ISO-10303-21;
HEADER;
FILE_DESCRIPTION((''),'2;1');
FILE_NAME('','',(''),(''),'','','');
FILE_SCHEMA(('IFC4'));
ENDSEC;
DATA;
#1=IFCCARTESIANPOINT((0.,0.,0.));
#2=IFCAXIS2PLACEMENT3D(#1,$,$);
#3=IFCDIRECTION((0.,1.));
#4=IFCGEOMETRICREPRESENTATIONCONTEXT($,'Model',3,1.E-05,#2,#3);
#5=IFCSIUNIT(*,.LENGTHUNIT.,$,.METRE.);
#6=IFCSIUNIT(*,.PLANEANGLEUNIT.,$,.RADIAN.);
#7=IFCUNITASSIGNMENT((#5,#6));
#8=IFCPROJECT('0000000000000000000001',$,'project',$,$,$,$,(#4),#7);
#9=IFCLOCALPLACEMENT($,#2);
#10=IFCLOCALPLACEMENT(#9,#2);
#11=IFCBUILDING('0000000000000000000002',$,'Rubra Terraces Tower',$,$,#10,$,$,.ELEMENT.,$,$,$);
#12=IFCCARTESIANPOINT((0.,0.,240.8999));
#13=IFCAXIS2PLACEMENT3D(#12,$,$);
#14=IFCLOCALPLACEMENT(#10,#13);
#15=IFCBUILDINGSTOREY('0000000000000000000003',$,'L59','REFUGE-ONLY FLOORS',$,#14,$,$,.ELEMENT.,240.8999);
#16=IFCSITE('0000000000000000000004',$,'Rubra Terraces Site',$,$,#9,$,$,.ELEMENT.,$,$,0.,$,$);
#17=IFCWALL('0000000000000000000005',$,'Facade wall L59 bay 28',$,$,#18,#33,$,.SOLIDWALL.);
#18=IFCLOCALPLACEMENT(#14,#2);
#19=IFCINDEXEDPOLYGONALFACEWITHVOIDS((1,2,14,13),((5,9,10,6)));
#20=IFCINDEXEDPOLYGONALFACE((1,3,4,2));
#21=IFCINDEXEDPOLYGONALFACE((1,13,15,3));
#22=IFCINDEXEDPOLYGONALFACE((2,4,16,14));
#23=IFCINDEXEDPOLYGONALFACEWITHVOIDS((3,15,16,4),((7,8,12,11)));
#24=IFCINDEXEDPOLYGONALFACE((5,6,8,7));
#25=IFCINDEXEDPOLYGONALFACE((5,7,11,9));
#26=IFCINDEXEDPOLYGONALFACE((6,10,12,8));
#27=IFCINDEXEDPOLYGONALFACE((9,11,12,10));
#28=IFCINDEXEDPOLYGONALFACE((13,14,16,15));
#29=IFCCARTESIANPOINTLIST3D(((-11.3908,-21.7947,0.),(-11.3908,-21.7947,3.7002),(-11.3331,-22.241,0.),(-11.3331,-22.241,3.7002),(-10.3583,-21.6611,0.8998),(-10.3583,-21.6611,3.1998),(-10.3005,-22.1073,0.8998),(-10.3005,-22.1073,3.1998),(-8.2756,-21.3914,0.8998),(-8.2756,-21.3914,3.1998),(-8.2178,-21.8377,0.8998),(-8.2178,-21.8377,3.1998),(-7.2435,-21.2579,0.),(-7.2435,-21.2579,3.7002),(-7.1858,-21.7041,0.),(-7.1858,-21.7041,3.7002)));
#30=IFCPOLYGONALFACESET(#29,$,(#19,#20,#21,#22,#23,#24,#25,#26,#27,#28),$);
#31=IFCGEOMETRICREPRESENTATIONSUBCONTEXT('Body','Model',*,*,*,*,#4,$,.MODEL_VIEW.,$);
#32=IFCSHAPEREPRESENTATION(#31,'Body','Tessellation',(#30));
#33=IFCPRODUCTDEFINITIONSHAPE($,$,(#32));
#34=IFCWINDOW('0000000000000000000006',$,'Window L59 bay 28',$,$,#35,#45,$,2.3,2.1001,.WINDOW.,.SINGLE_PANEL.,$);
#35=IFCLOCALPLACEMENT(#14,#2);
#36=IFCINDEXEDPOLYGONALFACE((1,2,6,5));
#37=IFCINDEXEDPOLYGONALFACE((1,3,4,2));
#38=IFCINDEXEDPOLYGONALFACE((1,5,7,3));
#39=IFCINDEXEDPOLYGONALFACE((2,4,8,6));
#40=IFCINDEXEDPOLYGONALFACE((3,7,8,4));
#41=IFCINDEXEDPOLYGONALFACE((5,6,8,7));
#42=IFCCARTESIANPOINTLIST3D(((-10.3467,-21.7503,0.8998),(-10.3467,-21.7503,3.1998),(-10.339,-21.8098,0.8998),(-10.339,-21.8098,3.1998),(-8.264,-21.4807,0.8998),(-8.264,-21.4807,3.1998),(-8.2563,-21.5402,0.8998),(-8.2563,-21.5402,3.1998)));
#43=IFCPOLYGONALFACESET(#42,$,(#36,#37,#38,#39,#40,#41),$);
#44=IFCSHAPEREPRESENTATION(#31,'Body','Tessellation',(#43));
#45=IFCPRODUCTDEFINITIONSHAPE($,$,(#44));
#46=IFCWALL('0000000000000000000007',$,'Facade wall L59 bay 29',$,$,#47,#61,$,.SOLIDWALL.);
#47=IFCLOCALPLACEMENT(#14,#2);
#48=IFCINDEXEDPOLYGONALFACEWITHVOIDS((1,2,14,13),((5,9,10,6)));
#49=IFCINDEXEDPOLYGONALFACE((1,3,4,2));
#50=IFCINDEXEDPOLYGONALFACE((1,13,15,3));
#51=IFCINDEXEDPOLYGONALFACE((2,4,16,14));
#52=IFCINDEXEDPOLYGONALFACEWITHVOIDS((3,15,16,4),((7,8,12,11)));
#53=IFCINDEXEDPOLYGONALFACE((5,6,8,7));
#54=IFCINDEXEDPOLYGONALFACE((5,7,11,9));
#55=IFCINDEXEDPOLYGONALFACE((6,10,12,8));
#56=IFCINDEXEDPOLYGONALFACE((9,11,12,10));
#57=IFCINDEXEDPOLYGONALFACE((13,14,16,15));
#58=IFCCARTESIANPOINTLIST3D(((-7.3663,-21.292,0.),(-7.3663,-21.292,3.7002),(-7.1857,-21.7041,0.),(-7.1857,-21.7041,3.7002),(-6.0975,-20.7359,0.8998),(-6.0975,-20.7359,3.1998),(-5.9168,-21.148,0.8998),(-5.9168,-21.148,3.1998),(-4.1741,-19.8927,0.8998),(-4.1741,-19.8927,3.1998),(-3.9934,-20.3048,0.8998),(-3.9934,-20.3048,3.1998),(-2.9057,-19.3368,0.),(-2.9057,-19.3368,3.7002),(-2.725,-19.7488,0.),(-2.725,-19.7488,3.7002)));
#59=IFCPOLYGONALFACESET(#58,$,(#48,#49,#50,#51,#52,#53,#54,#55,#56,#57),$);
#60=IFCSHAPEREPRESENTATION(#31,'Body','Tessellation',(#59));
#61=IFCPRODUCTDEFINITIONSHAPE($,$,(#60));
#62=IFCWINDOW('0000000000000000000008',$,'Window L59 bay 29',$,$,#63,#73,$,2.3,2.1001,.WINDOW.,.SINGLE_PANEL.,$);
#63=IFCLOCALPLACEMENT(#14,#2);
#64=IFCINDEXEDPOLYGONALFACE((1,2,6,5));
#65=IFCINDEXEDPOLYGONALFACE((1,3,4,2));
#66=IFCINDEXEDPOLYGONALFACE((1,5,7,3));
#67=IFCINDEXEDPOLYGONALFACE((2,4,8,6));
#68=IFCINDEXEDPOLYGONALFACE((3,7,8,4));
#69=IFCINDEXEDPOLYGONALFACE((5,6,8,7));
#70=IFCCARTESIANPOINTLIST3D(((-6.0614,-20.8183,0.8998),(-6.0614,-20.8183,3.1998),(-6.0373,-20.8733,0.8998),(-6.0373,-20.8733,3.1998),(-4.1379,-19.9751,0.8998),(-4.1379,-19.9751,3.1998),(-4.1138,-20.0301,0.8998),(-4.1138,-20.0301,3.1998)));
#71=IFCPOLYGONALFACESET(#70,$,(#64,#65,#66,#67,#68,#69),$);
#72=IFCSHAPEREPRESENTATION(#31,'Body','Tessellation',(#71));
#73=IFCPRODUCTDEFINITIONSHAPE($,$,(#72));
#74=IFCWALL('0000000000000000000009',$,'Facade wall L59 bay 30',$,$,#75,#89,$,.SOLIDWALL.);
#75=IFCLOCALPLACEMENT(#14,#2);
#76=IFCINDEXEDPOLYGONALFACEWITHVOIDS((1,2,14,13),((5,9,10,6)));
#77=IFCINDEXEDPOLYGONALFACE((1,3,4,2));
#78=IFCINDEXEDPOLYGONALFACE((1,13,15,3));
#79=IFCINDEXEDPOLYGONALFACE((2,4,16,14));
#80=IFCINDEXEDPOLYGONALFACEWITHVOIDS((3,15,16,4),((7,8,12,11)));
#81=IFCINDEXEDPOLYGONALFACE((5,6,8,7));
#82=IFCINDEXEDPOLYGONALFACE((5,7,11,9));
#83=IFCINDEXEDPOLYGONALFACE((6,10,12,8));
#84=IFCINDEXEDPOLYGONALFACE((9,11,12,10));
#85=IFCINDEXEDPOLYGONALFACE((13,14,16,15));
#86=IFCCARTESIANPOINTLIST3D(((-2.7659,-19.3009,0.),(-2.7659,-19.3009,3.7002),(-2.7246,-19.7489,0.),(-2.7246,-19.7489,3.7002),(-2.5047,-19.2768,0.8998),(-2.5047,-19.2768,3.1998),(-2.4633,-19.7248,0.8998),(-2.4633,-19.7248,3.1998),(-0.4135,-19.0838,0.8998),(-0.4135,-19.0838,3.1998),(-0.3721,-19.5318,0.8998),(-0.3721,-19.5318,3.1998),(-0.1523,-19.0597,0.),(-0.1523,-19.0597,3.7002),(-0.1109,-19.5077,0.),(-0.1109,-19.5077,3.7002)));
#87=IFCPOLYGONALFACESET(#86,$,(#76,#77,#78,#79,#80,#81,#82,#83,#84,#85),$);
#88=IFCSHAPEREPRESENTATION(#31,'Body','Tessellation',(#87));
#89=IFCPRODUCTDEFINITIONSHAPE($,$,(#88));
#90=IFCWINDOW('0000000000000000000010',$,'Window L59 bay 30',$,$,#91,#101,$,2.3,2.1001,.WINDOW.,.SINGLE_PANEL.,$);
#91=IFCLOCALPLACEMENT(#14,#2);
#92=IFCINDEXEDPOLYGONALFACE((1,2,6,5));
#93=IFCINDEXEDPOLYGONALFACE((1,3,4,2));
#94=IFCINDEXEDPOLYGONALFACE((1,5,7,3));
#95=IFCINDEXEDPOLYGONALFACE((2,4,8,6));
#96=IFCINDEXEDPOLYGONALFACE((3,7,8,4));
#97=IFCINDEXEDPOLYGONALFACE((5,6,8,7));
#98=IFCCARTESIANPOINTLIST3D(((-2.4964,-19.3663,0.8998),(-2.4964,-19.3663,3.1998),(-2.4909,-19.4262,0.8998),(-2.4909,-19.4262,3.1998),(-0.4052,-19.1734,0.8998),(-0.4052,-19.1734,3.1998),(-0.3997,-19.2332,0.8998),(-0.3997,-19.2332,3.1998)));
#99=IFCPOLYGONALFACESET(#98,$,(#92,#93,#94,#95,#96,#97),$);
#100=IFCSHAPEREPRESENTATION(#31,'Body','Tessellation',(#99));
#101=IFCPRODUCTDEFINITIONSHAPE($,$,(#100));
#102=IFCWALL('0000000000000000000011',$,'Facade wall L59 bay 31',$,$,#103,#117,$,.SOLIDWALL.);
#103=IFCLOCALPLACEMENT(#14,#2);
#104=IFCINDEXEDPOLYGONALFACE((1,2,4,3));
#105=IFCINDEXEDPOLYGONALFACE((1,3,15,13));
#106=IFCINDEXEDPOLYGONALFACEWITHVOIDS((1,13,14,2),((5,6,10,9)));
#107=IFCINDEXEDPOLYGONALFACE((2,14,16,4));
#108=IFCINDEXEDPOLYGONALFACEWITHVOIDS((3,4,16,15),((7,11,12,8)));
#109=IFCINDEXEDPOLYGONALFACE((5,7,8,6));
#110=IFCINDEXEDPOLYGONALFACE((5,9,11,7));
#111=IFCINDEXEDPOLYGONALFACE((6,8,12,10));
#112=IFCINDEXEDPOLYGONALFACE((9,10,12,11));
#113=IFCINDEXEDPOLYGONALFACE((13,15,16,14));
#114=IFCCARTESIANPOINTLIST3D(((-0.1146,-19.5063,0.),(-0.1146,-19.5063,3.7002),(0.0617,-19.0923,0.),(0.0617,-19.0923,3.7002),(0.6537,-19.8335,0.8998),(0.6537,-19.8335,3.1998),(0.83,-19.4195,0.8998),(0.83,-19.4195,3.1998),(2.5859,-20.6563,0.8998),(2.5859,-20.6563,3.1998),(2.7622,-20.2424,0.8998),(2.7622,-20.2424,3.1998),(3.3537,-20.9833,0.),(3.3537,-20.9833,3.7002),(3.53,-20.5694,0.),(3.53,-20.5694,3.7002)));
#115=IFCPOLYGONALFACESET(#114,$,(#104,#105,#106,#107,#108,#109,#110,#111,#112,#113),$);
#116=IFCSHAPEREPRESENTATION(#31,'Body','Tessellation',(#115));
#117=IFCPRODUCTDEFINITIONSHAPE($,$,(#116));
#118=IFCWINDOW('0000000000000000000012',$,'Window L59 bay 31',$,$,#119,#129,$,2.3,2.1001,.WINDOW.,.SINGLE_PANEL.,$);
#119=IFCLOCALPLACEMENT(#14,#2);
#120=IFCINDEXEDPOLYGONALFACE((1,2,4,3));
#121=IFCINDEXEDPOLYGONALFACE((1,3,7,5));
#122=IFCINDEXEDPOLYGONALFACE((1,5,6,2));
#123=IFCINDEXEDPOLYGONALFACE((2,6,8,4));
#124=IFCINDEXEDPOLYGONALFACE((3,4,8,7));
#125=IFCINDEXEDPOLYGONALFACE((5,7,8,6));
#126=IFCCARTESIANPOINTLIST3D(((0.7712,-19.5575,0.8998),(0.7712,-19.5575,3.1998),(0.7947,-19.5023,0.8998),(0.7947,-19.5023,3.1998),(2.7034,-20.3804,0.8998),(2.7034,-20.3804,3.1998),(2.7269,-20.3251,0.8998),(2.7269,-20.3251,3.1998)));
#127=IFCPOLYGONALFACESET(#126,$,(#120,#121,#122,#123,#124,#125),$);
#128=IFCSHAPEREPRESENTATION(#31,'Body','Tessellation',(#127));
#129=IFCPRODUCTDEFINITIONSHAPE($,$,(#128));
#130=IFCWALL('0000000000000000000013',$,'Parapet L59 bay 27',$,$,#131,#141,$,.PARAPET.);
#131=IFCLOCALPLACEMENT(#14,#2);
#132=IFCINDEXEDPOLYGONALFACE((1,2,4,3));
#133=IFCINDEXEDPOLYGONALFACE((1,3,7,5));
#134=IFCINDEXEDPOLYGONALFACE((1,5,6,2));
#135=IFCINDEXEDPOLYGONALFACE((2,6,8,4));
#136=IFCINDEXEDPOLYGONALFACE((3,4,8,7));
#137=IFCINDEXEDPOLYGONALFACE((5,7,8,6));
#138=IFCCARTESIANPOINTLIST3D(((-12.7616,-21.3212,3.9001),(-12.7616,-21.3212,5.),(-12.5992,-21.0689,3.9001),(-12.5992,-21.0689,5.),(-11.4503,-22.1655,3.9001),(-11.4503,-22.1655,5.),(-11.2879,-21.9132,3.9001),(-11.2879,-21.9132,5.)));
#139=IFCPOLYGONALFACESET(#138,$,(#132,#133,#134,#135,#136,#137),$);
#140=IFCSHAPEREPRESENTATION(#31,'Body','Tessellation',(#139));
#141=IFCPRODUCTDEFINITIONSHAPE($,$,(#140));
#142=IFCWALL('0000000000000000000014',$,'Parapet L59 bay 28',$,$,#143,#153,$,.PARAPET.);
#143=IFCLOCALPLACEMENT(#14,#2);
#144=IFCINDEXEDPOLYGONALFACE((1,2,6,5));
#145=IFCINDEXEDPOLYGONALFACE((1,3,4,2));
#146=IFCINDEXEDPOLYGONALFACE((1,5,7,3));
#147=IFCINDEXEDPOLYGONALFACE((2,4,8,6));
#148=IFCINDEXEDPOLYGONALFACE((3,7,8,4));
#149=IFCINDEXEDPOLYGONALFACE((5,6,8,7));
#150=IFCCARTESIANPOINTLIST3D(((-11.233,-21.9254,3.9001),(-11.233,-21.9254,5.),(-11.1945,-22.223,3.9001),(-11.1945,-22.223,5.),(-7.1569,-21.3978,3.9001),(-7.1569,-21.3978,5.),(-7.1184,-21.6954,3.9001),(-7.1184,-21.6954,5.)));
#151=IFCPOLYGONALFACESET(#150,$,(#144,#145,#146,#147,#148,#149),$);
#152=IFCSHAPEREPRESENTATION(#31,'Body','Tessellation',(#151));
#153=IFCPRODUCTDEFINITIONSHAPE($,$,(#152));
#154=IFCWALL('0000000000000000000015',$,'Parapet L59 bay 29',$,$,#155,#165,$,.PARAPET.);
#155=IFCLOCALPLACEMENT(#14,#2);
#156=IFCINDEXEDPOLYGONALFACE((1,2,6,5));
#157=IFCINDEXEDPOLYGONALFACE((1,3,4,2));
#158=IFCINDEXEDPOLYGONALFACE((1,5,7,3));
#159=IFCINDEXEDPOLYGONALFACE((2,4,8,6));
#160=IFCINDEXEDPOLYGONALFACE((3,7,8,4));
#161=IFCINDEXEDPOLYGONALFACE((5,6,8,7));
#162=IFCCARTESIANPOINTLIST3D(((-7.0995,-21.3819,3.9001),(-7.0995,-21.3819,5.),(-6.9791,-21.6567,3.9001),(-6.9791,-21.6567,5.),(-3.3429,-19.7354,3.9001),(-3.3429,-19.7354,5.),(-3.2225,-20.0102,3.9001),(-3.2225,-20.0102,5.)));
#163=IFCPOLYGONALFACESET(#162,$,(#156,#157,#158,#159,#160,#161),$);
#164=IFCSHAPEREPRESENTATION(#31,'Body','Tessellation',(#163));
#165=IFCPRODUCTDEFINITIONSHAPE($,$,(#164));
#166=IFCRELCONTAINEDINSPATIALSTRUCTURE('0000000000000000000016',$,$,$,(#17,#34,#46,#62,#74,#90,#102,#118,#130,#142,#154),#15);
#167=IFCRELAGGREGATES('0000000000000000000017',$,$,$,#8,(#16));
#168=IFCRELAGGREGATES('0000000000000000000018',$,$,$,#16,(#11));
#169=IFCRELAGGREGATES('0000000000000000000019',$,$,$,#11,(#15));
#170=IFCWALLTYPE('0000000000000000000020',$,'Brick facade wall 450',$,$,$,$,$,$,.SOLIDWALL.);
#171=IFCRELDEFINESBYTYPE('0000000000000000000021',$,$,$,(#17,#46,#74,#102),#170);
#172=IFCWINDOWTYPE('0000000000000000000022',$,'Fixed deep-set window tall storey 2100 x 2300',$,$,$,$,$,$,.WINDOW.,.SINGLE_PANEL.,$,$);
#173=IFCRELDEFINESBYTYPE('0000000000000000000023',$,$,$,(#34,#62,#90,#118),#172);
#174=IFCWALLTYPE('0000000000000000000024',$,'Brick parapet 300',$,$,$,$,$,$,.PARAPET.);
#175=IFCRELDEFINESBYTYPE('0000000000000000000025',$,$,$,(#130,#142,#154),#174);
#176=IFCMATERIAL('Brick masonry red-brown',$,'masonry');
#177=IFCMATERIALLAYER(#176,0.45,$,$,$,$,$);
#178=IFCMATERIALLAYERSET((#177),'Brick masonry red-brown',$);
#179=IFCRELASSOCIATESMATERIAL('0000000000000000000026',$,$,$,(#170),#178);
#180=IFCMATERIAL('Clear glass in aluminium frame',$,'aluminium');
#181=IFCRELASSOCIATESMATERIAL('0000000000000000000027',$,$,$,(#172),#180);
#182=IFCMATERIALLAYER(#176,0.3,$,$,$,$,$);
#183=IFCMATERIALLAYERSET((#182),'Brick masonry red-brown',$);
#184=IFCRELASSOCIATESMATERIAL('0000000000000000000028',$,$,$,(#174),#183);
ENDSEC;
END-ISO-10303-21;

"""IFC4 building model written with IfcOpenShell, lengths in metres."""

from ifc_helpers import new_model, si_unit, direction, frame, frame_2d, origin, place, context, subcontext, project, spatial, rectangle, extrude, material, layer, layer_set, type_object, element, fill, save


model = new_model("IFC4")

# Units and contexts
model_context = context("Model", 3, precision=1e-05, world=origin(), true_north=direction((0.0, 1.0)))
body_context = subcontext(model_context, "Body", "Model", "MODEL_VIEW")
ifc_project = project(units=[si_unit("LENGTHUNIT", "METRE"), si_unit("PLANEANGLEUNIT", "RADIAN")], contexts=[model_context])

# Site, building, storey
site_placement = place(None, origin())
site = spatial("IfcSite", under=ifc_project, at=site_placement, Name="Rubra Terraces Site", CompositionType="ELEMENT", RefElevation=0.0)
building_placement = place(site_placement, origin())
building = spatial("IfcBuilding", under=site, at=building_placement, Name="Rubra Terraces Tower", CompositionType="ELEMENT")
storey_placement = place(building_placement, frame((0.0, 0.0, 240.8999)))
storey = spatial("IfcBuildingStorey", under=building, at=storey_placement, Name="L59", Description="REFUGE-ONLY FLOORS", CompositionType="ELEMENT", Elevation=240.8999)

# Walls, openings, windows
ifc_material_1 = material(Name="Brick masonry red-brown", Category="masonry")
ifc_layer_1 = layer(ifc_material_1, 0.45)
ifc_layer_set_1 = layer_set([ifc_layer_1], Name="Brick masonry red-brown")
wall_type_1 = type_object("IfcWallType", Name="Brick facade wall 450", PredefinedType="SOLIDWALL", material=ifc_layer_set_1)
wall_1_placement = place(storey_placement, frame((-11.3618, -22.0178, 0.0), z_axis=(0.0, 0.0, 1.0), x_axis=(0.991725, 0.128381, 0.0)))
wall_1 = element("IfcWall", 1, at=wall_1_placement, inside=storey, type_object=wall_type_1, Name="Facade wall L59 bay 28", PredefinedType="SOLIDWALL", context=body_context, shape_type="SweptSolid", body=[
    extrude(rectangle(XDim=4.1819, YDim=0.45, at=frame_2d((2.0908, 0.0))), origin(), (0.0, 0.0, 1.0), 3.7002),
])
opening_1_placement = place(wall_1_placement, frame((1.041, 0.0, 0.8999)))
opening_1 = element("IfcOpeningElement", 2, at=opening_1_placement, cuts=wall_1, PredefinedType="OPENING", context=body_context, shape_type="SweptSolid", body=[
    extrude(rectangle(XDim=2.1001, YDim=2.3, at=frame_2d((1.05, 1.1499))), frame((0.0, 0.2349, 0.0), z_axis=(0.0, -1.0, 0.0), x_axis=(1.0, 0.0, 0.0)), (0.0, 0.0, 1.0), 0.47),
])
ifc_material_2 = material(Name="Clear glass in aluminium frame", Category="aluminium")
window_type = type_object("IfcWindowType", Name="Fixed deep-set window tall storey 2100 x 2300", PartitioningType="SINGLE_PANEL", PredefinedType="WINDOW", material=ifc_material_2)
window_1_placement = place(opening_1_placement, origin())
window_1 = element("IfcWindow", 3, at=window_1_placement, inside=storey, type_object=window_type, Name="Window L59 bay 28", OverallHeight=2.3, OverallWidth=2.1001, PartitioningType="SINGLE_PANEL", PredefinedType="WINDOW", context=body_context, shape_type="SweptSolid", body=[
    extrude(rectangle(XDim=2.1001, YDim=2.3, at=frame_2d((1.05, 1.1499))), frame((0.0, 0.135, 0.0), z_axis=(0.0, -1.0, 0.0), x_axis=(1.0, 0.0, 0.0)), (0.0, 0.0, 1.0), 0.0601),
])
fill(opening_1, window_1)
wall_2_placement = place(storey_placement, frame((-7.2759, -21.498, 0.0), z_axis=(0.0, 0.0, 1.0), x_axis=(0.915873, 0.401468, 0.0)))
wall_2 = element("IfcWall", 4, at=wall_2_placement, inside=storey, type_object=wall_type_1, Name="Facade wall L59 bay 29", PredefinedType="SOLIDWALL", context=body_context, shape_type="SweptSolid", body=[
    extrude(rectangle(XDim=4.8704, YDim=0.45, at=frame_2d((2.4351, 0.0))), origin(), (0.0, 0.0, 1.0), 3.7002),
])
opening_2_placement = place(wall_2_placement, frame((1.3853, 0.0, 0.8999)))
opening_2 = element("IfcOpeningElement", 5, at=opening_2_placement, cuts=wall_2, PredefinedType="OPENING", context=body_context, shape_type="SweptSolid", body=[
    extrude(rectangle(XDim=2.1001, YDim=2.3, at=frame_2d((1.05, 1.1499))), frame((0.0, 0.2349, 0.0), z_axis=(0.0, -1.0, 0.0), x_axis=(1.0, 0.0, 0.0)), (0.0, 0.0, 1.0), 0.47),
])
window_2_placement = place(opening_2_placement, origin())
window_2 = element("IfcWindow", 6, at=window_2_placement, inside=storey, type_object=window_type, Name="Window L59 bay 29", OverallHeight=2.3, OverallWidth=2.1001, PartitioningType="SINGLE_PANEL", PredefinedType="WINDOW", context=body_context, shape_type="SweptSolid", body=[
    extrude(rectangle(XDim=2.1001, YDim=2.3, at=frame_2d((1.05, 1.1499))), frame((0.0, 0.135, 0.0), z_axis=(0.0, -1.0, 0.0), x_axis=(1.0, 0.0, 0.0)), (0.0, 0.0, 1.0), 0.0601),
])
fill(opening_2, window_2)
wall_3_placement = place(storey_placement, frame((-2.7454, -19.5249, 0.0), z_axis=(0.0, 0.0, 1.0), x_axis=(0.995769, 0.091894, 0.0)))
wall_3 = element("IfcWall", 7, at=wall_3_placement, inside=storey, type_object=wall_type_1, Name="Facade wall L59 bay 30", PredefinedType="SOLIDWALL", context=body_context, shape_type="SweptSolid", body=[
    extrude(rectangle(XDim=2.6248, YDim=0.45, at=frame_2d((1.3125, 0.0))), origin(), (0.0, 0.0, 1.0), 3.7002),
])
opening_3_placement = place(wall_3_placement, frame((0.2625, 0.0, 0.8999)))
opening_3 = element("IfcOpeningElement", 8, at=opening_3_placement, cuts=wall_3, PredefinedType="OPENING", context=body_context, shape_type="SweptSolid", body=[
    extrude(rectangle(XDim=2.1001, YDim=2.3, at=frame_2d((1.05, 1.1499))), frame((0.0, 0.2349, 0.0), z_axis=(0.0, -1.0, 0.0), x_axis=(1.0, 0.0, 0.0)), (0.0, 0.0, 1.0), 0.47),
])
window_3_placement = place(opening_3_placement, origin())
window_3 = element("IfcWindow", 9, at=window_3_placement, inside=storey, type_object=window_type, Name="Window L59 bay 30", OverallHeight=2.3, OverallWidth=2.1001, PartitioningType="SINGLE_PANEL", PredefinedType="WINDOW", context=body_context, shape_type="SweptSolid", body=[
    extrude(rectangle(XDim=2.1001, YDim=2.3, at=frame_2d((1.05, 1.1499))), frame((0.0, 0.135, 0.0), z_axis=(0.0, -1.0, 0.0), x_axis=(1.0, 0.0, 0.0)), (0.0, 0.0, 1.0), 0.0601),
])
fill(opening_3, window_3)
wall_4_placement = place(storey_placement, frame((-0.0264, -19.2993, 0.0), z_axis=(0.0, 0.0, 1.0), x_axis=(0.92004, -0.391823, 0.0)))
wall_4 = element("IfcWall", 10, at=wall_4_placement, inside=storey, type_object=wall_type_1, Name="Facade wall L59 bay 31", PredefinedType="SOLIDWALL", context=body_context, shape_type="SweptSolid", body=[
    extrude(rectangle(XDim=3.7698, YDim=0.45, at=frame_2d((1.8848, 0.0))), origin(), (0.0, 0.0, 1.0), 3.7002),
])
opening_4_placement = place(wall_4_placement, frame((0.835, 0.0, 0.8999)))
opening_4 = element("IfcOpeningElement", 11, at=opening_4_placement, cuts=wall_4, PredefinedType="OPENING", context=body_context, shape_type="SweptSolid", body=[
    extrude(rectangle(XDim=2.1001, YDim=2.3, at=frame_2d((1.05, 1.1499))), frame((0.0, 0.2349, 0.0), z_axis=(0.0, -1.0, 0.0), x_axis=(1.0, 0.0, 0.0)), (0.0, 0.0, 1.0), 0.47),
])
window_4_placement = place(opening_4_placement, origin())
window_4 = element("IfcWindow", 12, at=window_4_placement, inside=storey, type_object=window_type, Name="Window L59 bay 31", OverallHeight=2.3, OverallWidth=2.1001, PartitioningType="SINGLE_PANEL", PredefinedType="WINDOW", context=body_context, shape_type="SweptSolid", body=[
    extrude(rectangle(XDim=2.1001, YDim=2.3, at=frame_2d((1.05, 1.1499))), frame((0.0, 0.135, 0.0), z_axis=(0.0, -1.0, 0.0), x_axis=(1.0, 0.0, 0.0)), (0.0, 0.0, 1.0), 0.0601),
])
fill(opening_4, window_4)

# Walls
ifc_layer_2 = layer(ifc_material_1, 0.3)
ifc_layer_set_2 = layer_set([ifc_layer_2], Name="Brick masonry red-brown")
wall_type_2 = type_object("IfcWallType", Name="Brick parapet 300", PredefinedType="PARAPET", material=ifc_layer_set_2)
wall_5_placement = place(storey_placement, frame((-12.6804, -21.1951, 3.9001), z_axis=(0.0, 0.0, 1.0), x_axis=(0.840807, -0.541335, 0.0)))
element("IfcWall", 13, at=wall_5_placement, inside=storey, type_object=wall_type_2, Name="Parapet L59 bay 27", PredefinedType="PARAPET", context=body_context, shape_type="SweptSolid", body=[
    extrude(rectangle(XDim=1.5596, YDim=0.3, at=frame_2d((0.7798, 0.0))), origin(), (0.0, 0.0, 1.0), 1.0999),
])
wall_6_placement = place(storey_placement, frame((-11.2139, -22.0742, 3.9001), z_axis=(0.0, 0.0, 1.0), x_axis=(0.991727, 0.128361, 0.0)))
element("IfcWall", 14, at=wall_6_placement, inside=storey, type_object=wall_type_2, Name="Parapet L59 bay 28", PredefinedType="PARAPET", context=body_context, shape_type="SweptSolid", body=[
    extrude(rectangle(XDim=4.1101, YDim=0.3, at=frame_2d((2.0552, 0.0))), origin(), (0.0, 0.0, 1.0), 1.0999),
])
wall_7_placement = place(storey_placement, frame((-7.0393, -21.5193, 3.9001), z_axis=(0.0, 0.0, 1.0), x_axis=(0.915891, 0.401428, 0.0)))
element("IfcWall", 15, at=wall_7_placement, inside=storey, type_object=wall_type_2, Name="Parapet L59 bay 29", PredefinedType="PARAPET", context=body_context, shape_type="SweptSolid", body=[
    extrude(rectangle(XDim=4.1016, YDim=0.3, at=frame_2d((2.0508, 0.0))), origin(), (0.0, 0.0, 1.0), 1.0999),
])

save(model, "model.ifc")
